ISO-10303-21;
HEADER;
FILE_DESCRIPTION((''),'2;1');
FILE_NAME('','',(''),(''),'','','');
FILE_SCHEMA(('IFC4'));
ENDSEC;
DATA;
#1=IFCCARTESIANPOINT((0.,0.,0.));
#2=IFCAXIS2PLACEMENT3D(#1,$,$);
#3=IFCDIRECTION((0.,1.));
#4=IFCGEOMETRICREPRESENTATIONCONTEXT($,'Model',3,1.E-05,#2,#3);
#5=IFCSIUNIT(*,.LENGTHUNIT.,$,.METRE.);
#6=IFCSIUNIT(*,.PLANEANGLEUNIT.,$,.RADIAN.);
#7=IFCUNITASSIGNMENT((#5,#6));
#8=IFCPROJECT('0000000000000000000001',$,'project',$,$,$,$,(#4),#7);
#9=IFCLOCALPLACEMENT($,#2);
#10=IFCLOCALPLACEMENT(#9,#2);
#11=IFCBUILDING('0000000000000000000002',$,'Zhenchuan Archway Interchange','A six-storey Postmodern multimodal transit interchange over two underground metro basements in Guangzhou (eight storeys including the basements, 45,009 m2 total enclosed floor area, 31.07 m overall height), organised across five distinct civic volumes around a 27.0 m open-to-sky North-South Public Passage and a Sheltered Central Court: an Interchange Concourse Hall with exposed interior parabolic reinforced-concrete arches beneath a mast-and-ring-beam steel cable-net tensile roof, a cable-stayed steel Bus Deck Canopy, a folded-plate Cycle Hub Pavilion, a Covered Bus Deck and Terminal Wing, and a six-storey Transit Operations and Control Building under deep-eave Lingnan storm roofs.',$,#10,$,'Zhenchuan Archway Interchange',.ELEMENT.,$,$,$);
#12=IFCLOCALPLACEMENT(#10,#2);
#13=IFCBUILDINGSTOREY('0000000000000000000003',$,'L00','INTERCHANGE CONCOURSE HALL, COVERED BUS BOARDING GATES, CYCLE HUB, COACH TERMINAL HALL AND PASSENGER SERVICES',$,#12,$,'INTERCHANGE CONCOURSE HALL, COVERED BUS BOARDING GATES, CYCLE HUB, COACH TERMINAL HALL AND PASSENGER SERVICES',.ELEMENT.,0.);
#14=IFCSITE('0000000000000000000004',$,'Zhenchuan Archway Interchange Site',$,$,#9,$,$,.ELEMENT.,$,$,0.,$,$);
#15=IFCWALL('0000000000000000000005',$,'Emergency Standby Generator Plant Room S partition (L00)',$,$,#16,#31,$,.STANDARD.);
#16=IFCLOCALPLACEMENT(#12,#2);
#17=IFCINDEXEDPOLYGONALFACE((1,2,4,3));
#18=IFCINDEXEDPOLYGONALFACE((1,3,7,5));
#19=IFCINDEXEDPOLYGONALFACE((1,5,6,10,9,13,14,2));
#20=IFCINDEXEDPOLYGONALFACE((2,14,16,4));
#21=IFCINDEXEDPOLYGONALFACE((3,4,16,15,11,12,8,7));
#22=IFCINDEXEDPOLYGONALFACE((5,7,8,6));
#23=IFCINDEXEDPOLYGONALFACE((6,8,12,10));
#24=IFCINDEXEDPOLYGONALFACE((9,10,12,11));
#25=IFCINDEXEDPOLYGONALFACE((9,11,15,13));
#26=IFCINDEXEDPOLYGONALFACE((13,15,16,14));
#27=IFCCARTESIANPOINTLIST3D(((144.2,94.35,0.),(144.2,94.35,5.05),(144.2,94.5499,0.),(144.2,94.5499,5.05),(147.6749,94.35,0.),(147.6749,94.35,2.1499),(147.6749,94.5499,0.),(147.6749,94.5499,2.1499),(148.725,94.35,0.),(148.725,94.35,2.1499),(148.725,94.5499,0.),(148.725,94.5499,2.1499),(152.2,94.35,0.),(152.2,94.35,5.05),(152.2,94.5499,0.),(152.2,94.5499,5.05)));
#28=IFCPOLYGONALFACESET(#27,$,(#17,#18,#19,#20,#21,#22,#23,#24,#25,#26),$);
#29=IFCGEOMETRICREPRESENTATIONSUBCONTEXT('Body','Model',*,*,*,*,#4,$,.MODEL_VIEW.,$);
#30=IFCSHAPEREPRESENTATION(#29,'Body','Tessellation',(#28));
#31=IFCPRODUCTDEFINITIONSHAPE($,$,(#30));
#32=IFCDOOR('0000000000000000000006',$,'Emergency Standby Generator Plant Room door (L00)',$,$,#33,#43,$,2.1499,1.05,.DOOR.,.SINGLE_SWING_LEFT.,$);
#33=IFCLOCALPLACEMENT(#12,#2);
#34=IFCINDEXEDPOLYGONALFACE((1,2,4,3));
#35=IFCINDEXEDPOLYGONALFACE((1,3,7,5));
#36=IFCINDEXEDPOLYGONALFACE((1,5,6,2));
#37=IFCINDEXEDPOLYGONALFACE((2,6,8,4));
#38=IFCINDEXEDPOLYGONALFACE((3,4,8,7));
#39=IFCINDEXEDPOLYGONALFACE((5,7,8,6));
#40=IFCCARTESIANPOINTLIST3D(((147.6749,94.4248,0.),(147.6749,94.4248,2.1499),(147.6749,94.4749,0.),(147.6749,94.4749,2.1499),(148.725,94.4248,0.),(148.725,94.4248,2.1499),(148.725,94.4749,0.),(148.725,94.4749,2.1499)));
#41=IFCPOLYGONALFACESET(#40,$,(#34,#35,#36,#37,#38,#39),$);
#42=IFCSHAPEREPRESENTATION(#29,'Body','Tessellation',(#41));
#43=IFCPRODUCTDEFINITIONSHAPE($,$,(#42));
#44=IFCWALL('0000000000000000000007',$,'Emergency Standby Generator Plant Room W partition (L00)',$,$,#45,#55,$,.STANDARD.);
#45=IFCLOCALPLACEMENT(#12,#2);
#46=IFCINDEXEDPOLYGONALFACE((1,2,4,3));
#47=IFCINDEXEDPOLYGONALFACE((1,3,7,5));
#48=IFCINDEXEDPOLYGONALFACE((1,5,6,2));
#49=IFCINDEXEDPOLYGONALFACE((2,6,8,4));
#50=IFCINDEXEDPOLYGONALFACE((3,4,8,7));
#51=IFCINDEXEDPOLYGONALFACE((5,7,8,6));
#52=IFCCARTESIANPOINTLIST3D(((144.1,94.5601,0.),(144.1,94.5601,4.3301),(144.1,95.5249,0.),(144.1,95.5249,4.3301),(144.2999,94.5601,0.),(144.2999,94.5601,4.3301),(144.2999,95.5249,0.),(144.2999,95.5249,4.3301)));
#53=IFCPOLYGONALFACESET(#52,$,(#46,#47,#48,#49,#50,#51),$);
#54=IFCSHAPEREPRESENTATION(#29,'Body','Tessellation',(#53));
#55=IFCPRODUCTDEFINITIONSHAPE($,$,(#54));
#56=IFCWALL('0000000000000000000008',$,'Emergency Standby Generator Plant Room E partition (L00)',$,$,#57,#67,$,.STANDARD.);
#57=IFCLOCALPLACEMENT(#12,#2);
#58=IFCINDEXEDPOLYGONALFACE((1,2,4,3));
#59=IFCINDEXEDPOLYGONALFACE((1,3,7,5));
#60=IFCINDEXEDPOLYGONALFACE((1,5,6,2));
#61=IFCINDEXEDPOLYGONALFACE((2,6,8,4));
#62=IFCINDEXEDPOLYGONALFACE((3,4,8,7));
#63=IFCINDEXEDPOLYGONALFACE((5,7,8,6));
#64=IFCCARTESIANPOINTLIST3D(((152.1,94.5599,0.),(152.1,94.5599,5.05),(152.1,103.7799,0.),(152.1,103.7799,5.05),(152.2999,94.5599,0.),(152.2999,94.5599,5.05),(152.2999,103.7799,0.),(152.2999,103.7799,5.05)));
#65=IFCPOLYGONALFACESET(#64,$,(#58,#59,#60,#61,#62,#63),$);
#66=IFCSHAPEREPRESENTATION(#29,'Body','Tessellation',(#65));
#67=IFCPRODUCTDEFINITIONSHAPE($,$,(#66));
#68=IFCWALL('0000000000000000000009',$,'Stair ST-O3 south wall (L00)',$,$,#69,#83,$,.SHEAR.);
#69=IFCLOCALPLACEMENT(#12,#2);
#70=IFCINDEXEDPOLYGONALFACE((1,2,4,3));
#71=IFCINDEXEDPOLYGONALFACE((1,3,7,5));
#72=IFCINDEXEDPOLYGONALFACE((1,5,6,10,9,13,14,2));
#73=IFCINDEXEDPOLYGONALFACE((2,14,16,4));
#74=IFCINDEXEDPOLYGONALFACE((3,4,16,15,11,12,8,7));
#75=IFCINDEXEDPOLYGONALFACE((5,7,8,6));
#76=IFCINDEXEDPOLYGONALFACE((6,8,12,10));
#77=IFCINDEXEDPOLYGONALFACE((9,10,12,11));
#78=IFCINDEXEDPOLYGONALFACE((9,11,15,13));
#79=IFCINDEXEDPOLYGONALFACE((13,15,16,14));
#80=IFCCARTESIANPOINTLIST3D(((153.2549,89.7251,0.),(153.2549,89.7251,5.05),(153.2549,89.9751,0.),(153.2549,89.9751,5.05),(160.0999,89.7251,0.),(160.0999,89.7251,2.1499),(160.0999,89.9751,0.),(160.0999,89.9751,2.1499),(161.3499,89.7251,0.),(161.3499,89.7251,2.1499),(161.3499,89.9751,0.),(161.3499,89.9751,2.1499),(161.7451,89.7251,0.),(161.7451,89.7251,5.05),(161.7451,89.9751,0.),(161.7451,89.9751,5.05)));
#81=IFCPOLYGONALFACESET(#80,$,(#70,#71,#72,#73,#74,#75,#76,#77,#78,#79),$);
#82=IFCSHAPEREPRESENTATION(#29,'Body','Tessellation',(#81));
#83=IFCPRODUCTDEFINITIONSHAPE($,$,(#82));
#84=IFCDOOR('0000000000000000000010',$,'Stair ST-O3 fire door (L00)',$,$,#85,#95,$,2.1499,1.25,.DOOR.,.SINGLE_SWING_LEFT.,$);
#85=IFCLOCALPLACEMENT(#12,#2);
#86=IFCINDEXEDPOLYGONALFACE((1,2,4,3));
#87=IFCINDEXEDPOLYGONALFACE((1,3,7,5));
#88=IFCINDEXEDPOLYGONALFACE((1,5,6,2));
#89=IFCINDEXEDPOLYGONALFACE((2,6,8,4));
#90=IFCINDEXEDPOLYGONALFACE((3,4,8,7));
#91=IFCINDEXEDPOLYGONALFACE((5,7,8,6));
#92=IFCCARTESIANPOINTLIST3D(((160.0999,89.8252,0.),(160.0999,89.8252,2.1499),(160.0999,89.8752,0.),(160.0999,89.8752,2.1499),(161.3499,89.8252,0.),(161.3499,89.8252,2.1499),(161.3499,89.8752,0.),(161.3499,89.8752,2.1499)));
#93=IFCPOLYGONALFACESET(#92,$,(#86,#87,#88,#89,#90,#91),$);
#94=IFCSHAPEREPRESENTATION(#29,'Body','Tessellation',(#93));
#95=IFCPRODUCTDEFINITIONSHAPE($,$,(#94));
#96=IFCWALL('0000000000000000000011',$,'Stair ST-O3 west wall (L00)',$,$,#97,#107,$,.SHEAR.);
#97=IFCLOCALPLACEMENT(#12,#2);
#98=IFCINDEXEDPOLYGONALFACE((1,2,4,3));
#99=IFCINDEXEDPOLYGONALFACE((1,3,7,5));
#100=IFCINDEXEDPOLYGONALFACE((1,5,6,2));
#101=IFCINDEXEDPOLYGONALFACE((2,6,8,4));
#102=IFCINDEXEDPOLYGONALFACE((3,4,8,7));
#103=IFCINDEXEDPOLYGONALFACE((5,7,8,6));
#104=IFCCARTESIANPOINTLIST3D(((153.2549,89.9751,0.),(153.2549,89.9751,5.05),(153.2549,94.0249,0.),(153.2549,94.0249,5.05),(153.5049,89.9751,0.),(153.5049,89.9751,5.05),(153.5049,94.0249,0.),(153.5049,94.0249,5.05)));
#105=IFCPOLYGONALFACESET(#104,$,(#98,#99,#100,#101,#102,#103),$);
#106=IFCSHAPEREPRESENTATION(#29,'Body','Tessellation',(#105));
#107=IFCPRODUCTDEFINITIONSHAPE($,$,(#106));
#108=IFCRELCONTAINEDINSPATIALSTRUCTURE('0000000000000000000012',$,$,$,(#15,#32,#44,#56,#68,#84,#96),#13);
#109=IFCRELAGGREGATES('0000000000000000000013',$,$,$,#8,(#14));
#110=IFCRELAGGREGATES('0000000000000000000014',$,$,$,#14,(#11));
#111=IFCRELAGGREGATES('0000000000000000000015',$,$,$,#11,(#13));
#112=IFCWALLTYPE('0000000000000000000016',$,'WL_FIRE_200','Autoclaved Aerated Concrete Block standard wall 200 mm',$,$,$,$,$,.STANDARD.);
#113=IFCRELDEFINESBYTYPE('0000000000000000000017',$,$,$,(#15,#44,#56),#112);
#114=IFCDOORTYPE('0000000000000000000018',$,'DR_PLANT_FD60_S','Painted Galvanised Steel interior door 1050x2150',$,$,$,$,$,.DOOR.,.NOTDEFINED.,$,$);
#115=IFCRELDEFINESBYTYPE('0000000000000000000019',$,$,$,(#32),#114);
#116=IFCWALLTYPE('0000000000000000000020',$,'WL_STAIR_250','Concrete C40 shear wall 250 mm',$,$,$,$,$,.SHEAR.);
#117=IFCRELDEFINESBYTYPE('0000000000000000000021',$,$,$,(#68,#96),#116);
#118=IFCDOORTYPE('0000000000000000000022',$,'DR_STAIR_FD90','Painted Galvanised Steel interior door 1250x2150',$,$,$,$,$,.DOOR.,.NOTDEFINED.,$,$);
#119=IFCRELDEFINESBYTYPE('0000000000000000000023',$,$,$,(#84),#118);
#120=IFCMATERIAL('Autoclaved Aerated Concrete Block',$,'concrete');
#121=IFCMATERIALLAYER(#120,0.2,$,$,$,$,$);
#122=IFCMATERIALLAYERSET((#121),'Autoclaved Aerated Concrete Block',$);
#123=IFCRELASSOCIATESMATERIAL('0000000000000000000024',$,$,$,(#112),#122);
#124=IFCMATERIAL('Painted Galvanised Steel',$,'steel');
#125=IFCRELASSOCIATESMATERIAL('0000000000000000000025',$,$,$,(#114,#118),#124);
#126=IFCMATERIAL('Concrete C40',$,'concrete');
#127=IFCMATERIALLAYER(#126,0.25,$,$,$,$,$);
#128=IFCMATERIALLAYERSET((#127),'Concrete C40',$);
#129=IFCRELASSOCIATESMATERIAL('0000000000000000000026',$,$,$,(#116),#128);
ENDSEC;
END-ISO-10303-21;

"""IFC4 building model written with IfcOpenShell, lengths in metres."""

from ifc_helpers import new_model, si_unit, direction, frame, frame_2d, origin, place, context, subcontext, project, spatial, rectangle, extrude, material, layer, layer_set, type_object, element, fill, save


model = new_model("IFC4")

# Units and contexts
model_context = context("Model", 3, precision=1e-05, world=origin(), true_north=direction((0.0, 1.0)))
body_context = subcontext(model_context, "Body", "Model", "MODEL_VIEW")
ifc_project = project(units=[si_unit("LENGTHUNIT", "METRE"), si_unit("PLANEANGLEUNIT", "RADIAN")], contexts=[model_context])

# Site, building, storey
site_placement = place(None, origin())
site = spatial("IfcSite", under=ifc_project, at=site_placement, Name="Zhenchuan Archway Interchange Site", CompositionType="ELEMENT", RefElevation=0.0)
building_placement = place(site_placement, origin())
building = spatial("IfcBuilding", under=site, at=building_placement, Name="Zhenchuan Archway Interchange", Description="A six-storey Postmodern multimodal transit interchange over two underground metro basements in Guangzhou (eight storeys including the basements, 45,009 m2 total enclosed floor area, 31.07 m overall height), organised across five distinct civic volumes around a 27.0 m open-to-sky North-South Public Passage and a Sheltered Central Court: an Interchange Concourse Hall with exposed interior parabolic reinforced-concrete arches beneath a mast-and-ring-beam steel cable-net tensile roof, a cable-stayed steel Bus Deck Canopy, a folded-plate Cycle Hub Pavilion, a Covered Bus Deck and Terminal Wing, and a six-storey Transit Operations and Control Building under deep-eave Lingnan storm roofs.", LongName="Zhenchuan Archway Interchange", CompositionType="ELEMENT")
storey_placement = place(building_placement, origin())
storey = spatial("IfcBuildingStorey", under=building, at=storey_placement, Name="L00", Description="INTERCHANGE CONCOURSE HALL, COVERED BUS BOARDING GATES, CYCLE HUB, COACH TERMINAL HALL AND PASSENGER SERVICES", LongName="INTERCHANGE CONCOURSE HALL, COVERED BUS BOARDING GATES, CYCLE HUB, COACH TERMINAL HALL AND PASSENGER SERVICES", CompositionType="ELEMENT", Elevation=0.0)

# Shared definitions
ifc_material_1 = material(Name="Concrete C40", Category="concrete")

# Wall, opening, door
ifc_material_2 = material(Name="Autoclaved Aerated Concrete Block", Category="concrete")
ifc_layer_1 = layer(ifc_material_2, 0.2)
ifc_layer_set_1 = layer_set([ifc_layer_1], Name="Autoclaved Aerated Concrete Block")
wall_type_1 = type_object("IfcWallType", Name="WL_FIRE_200", Description="Autoclaved Aerated Concrete Block standard wall 200 mm", PredefinedType="STANDARD", material=ifc_layer_set_1)
wall_1_placement = place(storey_placement, frame((144.2, 94.45, 0.0), z_axis=(0.0, 0.0, 1.0), x_axis=(1.0, 0.0, 0.0)))
wall_1 = element("IfcWall", 1, at=wall_1_placement, inside=storey, type_object=wall_type_1, Name="Emergency Standby Generator Plant Room S partition (L00)", PredefinedType="STANDARD", context=body_context, shape_type="SweptSolid", body=[
    extrude(rectangle(XDim=8.0, YDim=0.2, at=frame_2d((4.0, 0.0))), origin(), (0.0, 0.0, 1.0), 5.05),
])
opening_1_placement = place(wall_1_placement, frame((3.4751, 0.0, 0.0)))
opening_1 = element("IfcOpeningElement", 2, at=opening_1_placement, cuts=wall_1, PredefinedType="OPENING", context=body_context, shape_type="SweptSolid", body=[
    extrude(rectangle(XDim=1.05, YDim=2.1499, at=frame_2d((0.5249, 1.075))), frame((0.0, 0.1118, 0.0), z_axis=(0.0, -1.0, 0.0), x_axis=(1.0, 0.0, 0.0)), (0.0, 0.0, 1.0), 0.2239),
])
ifc_material_3 = material(Name="Painted Galvanised Steel", Category="steel")
door_type_1 = type_object("IfcDoorType", Name="DR_PLANT_FD60_S", Description="Painted Galvanised Steel interior door 1050x2150", OperationType="NOTDEFINED", PredefinedType="DOOR", material=ifc_material_3)
door_1_placement = place(opening_1_placement, origin())
door_1 = element("IfcDoor", 3, at=door_1_placement, inside=storey, type_object=door_type_1, Name="Emergency Standby Generator Plant Room door (L00)", OperationType="SINGLE_SWING_LEFT", OverallHeight=2.1499, OverallWidth=1.05, PredefinedType="DOOR", context=body_context, shape_type="SweptSolid", body=[
    extrude(rectangle(XDim=1.05, YDim=2.1499, at=frame_2d((0.5249, 1.075))), frame((0.0, 0.0249, 0.0), z_axis=(0.0, -1.0, 0.0), x_axis=(1.0, 0.0, 0.0)), (0.0, 0.0, 1.0), 0.05),
])
fill(opening_1, door_1)

# Walls
wall_2_placement = place(storey_placement, frame((144.2, 94.5601, 0.0), z_axis=(0.0, 0.0, 1.0), x_axis=(0.0, 1.0, 0.0)))
element("IfcWall", 4, at=wall_2_placement, inside=storey, type_object=wall_type_1, Name="Emergency Standby Generator Plant Room W partition (L00)", PredefinedType="STANDARD", context=body_context, shape_type="SweptSolid", body=[
    extrude(rectangle(XDim=0.9648, YDim=0.2, at=frame_2d((0.4824, 0.0))), origin(), (0.0, 0.0, 1.0), 4.3301),
])
wall_3_placement = place(storey_placement, frame((152.2, 94.5601, 0.0), z_axis=(0.0, 0.0, 1.0), x_axis=(0.0, 1.0, 0.0)))
element("IfcWall", 5, at=wall_3_placement, inside=storey, type_object=wall_type_1, Name="Emergency Standby Generator Plant Room E partition (L00)", PredefinedType="STANDARD", context=body_context, shape_type="SweptSolid", body=[
    extrude(rectangle(XDim=9.22, YDim=0.2, at=frame_2d((4.6099, 0.0))), origin(), (0.0, 0.0, 1.0), 5.05),
])

# Wall, opening, door
ifc_layer_2 = layer(ifc_material_1, 0.25)
ifc_layer_set_2 = layer_set([ifc_layer_2], Name="Concrete C40")
wall_type_2 = type_object("IfcWallType", Name="WL_STAIR_250", Description="Concrete C40 shear wall 250 mm", PredefinedType="SHEAR", material=ifc_layer_set_2)
wall_4_placement = place(storey_placement, frame((153.2549, 89.8501, 0.0), z_axis=(0.0, 0.0, 1.0), x_axis=(1.0, 0.0, 0.0)))
wall_4 = element("IfcWall", 6, at=wall_4_placement, inside=storey, type_object=wall_type_2, Name="Stair ST-O3 south wall (L00)", PredefinedType="SHEAR", context=body_context, shape_type="SweptSolid", body=[
    extrude(rectangle(XDim=8.4902, YDim=0.25, at=frame_2d((4.2451, 0.0))), origin(), (0.0, 0.0, 1.0), 5.05),
])
opening_2_placement = place(wall_4_placement, frame((6.845, 0.0, 0.0)))
opening_2 = element("IfcOpeningElement", 7, at=opening_2_placement, cuts=wall_4, PredefinedType="OPENING", context=body_context, shape_type="SweptSolid", body=[
    extrude(rectangle(XDim=1.25, YDim=2.1499, at=frame_2d((0.625, 1.075))), frame((0.0, 0.137, 0.0), z_axis=(0.0, -1.0, 0.0), x_axis=(1.0, 0.0, 0.0)), (0.0, 0.0, 1.0), 0.2739),
])
door_type_2 = type_object("IfcDoorType", Name="DR_STAIR_FD90", Description="Painted Galvanised Steel interior door 1250x2150", OperationType="NOTDEFINED", PredefinedType="DOOR", material=ifc_material_3)
door_2_placement = place(opening_2_placement, frame((1.25, 0.0, 0.0), z_axis=(0.0, 0.0, 1.0), x_axis=(-1.0, 0.0, 0.0)))
door_2 = element("IfcDoor", 8, at=door_2_placement, inside=storey, type_object=door_type_2, Name="Stair ST-O3 fire door (L00)", OperationType="SINGLE_SWING_LEFT", OverallHeight=2.1499, OverallWidth=1.25, PredefinedType="DOOR", context=body_context, shape_type="SweptSolid", body=[
    extrude(rectangle(XDim=1.25, YDim=2.1499, at=frame_2d((0.625, 1.075))), frame((0.0, 0.0249, 0.0), z_axis=(0.0, -1.0, 0.0), x_axis=(1.0, 0.0, 0.0)), (0.0, 0.0, 1.0), 0.05),
])
fill(opening_2, door_2)

# Wall
wall_5_placement = place(storey_placement, frame((153.3799, 94.0249, 0.0), z_axis=(0.0, 0.0, 1.0), x_axis=(0.0, -1.0, 0.0)))
element("IfcWall", 9, at=wall_5_placement, inside=storey, type_object=wall_type_2, Name="Stair ST-O3 west wall (L00)", PredefinedType="SHEAR", context=body_context, shape_type="SweptSolid", body=[
    extrude(rectangle(XDim=4.0498, YDim=0.25, at=frame_2d((2.0249, 0.0))), origin(), (0.0, 0.0, 1.0), 5.05),
])

save(model, "model.ifc")
